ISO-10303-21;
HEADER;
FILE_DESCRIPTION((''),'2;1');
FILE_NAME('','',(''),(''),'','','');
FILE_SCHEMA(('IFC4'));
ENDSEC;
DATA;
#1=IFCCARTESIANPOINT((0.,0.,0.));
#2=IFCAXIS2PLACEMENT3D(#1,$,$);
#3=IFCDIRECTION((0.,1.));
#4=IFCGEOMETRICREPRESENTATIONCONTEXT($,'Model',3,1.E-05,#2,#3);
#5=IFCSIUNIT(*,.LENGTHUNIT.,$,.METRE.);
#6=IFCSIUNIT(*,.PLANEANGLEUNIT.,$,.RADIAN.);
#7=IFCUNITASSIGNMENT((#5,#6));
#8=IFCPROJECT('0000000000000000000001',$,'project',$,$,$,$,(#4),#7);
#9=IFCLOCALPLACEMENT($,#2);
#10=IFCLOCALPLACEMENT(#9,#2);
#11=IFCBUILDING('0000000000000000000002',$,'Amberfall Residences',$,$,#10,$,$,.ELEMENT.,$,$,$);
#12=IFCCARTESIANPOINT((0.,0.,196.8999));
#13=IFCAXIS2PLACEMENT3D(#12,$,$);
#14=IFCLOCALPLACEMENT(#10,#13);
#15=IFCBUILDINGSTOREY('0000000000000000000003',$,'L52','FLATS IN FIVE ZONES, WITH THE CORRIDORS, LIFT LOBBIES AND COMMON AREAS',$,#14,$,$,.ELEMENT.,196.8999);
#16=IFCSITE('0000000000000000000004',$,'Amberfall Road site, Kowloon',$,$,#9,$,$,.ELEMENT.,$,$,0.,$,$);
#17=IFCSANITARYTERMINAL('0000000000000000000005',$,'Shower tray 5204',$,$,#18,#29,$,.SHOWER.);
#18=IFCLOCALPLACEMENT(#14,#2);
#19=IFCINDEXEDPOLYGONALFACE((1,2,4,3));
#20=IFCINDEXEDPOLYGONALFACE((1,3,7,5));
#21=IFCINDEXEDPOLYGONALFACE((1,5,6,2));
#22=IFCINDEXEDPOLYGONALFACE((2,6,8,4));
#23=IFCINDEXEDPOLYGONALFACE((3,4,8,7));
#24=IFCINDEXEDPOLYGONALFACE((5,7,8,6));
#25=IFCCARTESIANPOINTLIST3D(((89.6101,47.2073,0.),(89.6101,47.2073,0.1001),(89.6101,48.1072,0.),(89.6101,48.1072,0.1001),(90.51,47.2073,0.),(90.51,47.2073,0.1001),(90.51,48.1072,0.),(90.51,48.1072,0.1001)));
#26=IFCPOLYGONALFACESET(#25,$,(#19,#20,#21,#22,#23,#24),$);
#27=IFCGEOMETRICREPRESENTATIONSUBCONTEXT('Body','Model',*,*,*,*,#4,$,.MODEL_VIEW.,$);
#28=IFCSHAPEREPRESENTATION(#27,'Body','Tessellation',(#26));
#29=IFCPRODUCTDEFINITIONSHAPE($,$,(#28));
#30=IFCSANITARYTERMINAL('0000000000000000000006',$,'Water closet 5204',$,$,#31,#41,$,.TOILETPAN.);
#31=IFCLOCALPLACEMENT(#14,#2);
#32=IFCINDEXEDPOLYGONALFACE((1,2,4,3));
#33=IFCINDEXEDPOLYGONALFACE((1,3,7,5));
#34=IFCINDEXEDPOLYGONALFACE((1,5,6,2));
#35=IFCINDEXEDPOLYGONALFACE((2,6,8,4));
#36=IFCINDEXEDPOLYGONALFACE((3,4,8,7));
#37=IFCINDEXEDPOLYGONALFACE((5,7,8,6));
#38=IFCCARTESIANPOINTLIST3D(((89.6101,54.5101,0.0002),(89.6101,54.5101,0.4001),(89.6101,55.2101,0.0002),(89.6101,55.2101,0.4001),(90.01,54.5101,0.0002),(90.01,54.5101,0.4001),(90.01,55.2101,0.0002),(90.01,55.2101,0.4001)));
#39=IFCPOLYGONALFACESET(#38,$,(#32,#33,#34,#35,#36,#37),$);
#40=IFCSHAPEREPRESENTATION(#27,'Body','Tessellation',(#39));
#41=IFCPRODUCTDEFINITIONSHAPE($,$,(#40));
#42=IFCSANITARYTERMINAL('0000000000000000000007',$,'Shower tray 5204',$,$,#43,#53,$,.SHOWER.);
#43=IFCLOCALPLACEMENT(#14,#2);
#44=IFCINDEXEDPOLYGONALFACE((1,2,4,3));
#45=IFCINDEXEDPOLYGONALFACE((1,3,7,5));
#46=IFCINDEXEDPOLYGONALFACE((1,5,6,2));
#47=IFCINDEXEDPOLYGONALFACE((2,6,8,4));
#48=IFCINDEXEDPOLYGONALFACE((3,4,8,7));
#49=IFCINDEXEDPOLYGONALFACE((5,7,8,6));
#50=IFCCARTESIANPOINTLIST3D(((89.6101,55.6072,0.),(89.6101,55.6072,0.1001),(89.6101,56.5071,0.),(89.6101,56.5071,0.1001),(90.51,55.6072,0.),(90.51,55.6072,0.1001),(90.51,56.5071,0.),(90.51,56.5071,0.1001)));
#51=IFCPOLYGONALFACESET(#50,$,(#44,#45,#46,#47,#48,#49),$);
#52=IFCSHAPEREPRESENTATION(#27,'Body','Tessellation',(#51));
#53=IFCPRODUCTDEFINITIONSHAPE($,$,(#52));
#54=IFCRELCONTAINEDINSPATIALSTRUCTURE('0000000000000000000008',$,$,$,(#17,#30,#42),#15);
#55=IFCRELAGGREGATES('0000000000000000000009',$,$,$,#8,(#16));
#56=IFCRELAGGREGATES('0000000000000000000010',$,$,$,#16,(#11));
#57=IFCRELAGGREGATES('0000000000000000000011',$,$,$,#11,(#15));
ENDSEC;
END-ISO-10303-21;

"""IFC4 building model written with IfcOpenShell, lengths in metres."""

from ifc_helpers import new_model, si_unit, direction, frame, origin, origin_2d, place, context, subcontext, project, spatial, rectangle, extrude, element, save


model = new_model("IFC4")

# Units and contexts
model_context = context("Model", 3, precision=1e-05, world=origin(), true_north=direction((0.0, 1.0)))
body_context = subcontext(model_context, "Body", "Model", "MODEL_VIEW")
ifc_project = project(units=[si_unit("LENGTHUNIT", "METRE"), si_unit("PLANEANGLEUNIT", "RADIAN")], contexts=[model_context])

# Site, building, storey
site_placement = place(None, origin())
site = spatial("IfcSite", under=ifc_project, at=site_placement, Name="Amberfall Road site, Kowloon", CompositionType="ELEMENT", RefElevation=0.0)
building_placement = place(site_placement, origin())
building = spatial("IfcBuilding", under=site, at=building_placement, Name="Amberfall Residences", CompositionType="ELEMENT")
storey_placement = place(building_placement, frame((0.0, 0.0, 196.8999)))
storey = spatial("IfcBuildingStorey", under=building, at=storey_placement, Name="L52", Description="FLATS IN FIVE ZONES, WITH THE CORRIDORS, LIFT LOBBIES AND COMMON AREAS", CompositionType="ELEMENT", Elevation=196.8999)

# Sanitary terminals
sanitary_terminal_1_placement = place(storey_placement, frame((90.0601, 47.6572, 0.0), z_axis=(0.0, 0.0, 1.0), x_axis=(1.0, 0.0, 0.0)))
element("IfcSanitaryTerminal", 1, at=sanitary_terminal_1_placement, inside=storey, Name="Shower tray 5204", PredefinedType="SHOWER", context=body_context, shape_type="SweptSolid", body=[
    extrude(rectangle(XDim=0.8999, YDim=0.8999, at=origin_2d()), origin(), (0.0, 0.0, 1.0), 0.1001),
])
sanitary_terminal_2_placement = place(storey_placement, frame((89.8101, 54.8601, 0.0002), z_axis=(0.0, 0.0, 1.0), x_axis=(1.0, 0.0, 0.0)))
element("IfcSanitaryTerminal", 2, at=sanitary_terminal_2_placement, inside=storey, Name="Water closet 5204", PredefinedType="TOILETPAN", context=body_context, shape_type="SweptSolid", body=[
    extrude(rectangle(XDim=0.3999, YDim=0.7, at=origin_2d()), origin(), (0.0, 0.0, 1.0), 0.3999),
])
sanitary_terminal_3_placement = place(storey_placement, frame((90.0601, 56.0571, 0.0), z_axis=(0.0, 0.0, 1.0), x_axis=(1.0, 0.0, 0.0)))
element("IfcSanitaryTerminal", 3, at=sanitary_terminal_3_placement, inside=storey, Name="Shower tray 5204", PredefinedType="SHOWER", context=body_context, shape_type="SweptSolid", body=[
    extrude(rectangle(XDim=0.8999, YDim=0.8999, at=origin_2d()), origin(), (0.0, 0.0, 1.0), 0.1001),
])

save(model, "model.ifc")
